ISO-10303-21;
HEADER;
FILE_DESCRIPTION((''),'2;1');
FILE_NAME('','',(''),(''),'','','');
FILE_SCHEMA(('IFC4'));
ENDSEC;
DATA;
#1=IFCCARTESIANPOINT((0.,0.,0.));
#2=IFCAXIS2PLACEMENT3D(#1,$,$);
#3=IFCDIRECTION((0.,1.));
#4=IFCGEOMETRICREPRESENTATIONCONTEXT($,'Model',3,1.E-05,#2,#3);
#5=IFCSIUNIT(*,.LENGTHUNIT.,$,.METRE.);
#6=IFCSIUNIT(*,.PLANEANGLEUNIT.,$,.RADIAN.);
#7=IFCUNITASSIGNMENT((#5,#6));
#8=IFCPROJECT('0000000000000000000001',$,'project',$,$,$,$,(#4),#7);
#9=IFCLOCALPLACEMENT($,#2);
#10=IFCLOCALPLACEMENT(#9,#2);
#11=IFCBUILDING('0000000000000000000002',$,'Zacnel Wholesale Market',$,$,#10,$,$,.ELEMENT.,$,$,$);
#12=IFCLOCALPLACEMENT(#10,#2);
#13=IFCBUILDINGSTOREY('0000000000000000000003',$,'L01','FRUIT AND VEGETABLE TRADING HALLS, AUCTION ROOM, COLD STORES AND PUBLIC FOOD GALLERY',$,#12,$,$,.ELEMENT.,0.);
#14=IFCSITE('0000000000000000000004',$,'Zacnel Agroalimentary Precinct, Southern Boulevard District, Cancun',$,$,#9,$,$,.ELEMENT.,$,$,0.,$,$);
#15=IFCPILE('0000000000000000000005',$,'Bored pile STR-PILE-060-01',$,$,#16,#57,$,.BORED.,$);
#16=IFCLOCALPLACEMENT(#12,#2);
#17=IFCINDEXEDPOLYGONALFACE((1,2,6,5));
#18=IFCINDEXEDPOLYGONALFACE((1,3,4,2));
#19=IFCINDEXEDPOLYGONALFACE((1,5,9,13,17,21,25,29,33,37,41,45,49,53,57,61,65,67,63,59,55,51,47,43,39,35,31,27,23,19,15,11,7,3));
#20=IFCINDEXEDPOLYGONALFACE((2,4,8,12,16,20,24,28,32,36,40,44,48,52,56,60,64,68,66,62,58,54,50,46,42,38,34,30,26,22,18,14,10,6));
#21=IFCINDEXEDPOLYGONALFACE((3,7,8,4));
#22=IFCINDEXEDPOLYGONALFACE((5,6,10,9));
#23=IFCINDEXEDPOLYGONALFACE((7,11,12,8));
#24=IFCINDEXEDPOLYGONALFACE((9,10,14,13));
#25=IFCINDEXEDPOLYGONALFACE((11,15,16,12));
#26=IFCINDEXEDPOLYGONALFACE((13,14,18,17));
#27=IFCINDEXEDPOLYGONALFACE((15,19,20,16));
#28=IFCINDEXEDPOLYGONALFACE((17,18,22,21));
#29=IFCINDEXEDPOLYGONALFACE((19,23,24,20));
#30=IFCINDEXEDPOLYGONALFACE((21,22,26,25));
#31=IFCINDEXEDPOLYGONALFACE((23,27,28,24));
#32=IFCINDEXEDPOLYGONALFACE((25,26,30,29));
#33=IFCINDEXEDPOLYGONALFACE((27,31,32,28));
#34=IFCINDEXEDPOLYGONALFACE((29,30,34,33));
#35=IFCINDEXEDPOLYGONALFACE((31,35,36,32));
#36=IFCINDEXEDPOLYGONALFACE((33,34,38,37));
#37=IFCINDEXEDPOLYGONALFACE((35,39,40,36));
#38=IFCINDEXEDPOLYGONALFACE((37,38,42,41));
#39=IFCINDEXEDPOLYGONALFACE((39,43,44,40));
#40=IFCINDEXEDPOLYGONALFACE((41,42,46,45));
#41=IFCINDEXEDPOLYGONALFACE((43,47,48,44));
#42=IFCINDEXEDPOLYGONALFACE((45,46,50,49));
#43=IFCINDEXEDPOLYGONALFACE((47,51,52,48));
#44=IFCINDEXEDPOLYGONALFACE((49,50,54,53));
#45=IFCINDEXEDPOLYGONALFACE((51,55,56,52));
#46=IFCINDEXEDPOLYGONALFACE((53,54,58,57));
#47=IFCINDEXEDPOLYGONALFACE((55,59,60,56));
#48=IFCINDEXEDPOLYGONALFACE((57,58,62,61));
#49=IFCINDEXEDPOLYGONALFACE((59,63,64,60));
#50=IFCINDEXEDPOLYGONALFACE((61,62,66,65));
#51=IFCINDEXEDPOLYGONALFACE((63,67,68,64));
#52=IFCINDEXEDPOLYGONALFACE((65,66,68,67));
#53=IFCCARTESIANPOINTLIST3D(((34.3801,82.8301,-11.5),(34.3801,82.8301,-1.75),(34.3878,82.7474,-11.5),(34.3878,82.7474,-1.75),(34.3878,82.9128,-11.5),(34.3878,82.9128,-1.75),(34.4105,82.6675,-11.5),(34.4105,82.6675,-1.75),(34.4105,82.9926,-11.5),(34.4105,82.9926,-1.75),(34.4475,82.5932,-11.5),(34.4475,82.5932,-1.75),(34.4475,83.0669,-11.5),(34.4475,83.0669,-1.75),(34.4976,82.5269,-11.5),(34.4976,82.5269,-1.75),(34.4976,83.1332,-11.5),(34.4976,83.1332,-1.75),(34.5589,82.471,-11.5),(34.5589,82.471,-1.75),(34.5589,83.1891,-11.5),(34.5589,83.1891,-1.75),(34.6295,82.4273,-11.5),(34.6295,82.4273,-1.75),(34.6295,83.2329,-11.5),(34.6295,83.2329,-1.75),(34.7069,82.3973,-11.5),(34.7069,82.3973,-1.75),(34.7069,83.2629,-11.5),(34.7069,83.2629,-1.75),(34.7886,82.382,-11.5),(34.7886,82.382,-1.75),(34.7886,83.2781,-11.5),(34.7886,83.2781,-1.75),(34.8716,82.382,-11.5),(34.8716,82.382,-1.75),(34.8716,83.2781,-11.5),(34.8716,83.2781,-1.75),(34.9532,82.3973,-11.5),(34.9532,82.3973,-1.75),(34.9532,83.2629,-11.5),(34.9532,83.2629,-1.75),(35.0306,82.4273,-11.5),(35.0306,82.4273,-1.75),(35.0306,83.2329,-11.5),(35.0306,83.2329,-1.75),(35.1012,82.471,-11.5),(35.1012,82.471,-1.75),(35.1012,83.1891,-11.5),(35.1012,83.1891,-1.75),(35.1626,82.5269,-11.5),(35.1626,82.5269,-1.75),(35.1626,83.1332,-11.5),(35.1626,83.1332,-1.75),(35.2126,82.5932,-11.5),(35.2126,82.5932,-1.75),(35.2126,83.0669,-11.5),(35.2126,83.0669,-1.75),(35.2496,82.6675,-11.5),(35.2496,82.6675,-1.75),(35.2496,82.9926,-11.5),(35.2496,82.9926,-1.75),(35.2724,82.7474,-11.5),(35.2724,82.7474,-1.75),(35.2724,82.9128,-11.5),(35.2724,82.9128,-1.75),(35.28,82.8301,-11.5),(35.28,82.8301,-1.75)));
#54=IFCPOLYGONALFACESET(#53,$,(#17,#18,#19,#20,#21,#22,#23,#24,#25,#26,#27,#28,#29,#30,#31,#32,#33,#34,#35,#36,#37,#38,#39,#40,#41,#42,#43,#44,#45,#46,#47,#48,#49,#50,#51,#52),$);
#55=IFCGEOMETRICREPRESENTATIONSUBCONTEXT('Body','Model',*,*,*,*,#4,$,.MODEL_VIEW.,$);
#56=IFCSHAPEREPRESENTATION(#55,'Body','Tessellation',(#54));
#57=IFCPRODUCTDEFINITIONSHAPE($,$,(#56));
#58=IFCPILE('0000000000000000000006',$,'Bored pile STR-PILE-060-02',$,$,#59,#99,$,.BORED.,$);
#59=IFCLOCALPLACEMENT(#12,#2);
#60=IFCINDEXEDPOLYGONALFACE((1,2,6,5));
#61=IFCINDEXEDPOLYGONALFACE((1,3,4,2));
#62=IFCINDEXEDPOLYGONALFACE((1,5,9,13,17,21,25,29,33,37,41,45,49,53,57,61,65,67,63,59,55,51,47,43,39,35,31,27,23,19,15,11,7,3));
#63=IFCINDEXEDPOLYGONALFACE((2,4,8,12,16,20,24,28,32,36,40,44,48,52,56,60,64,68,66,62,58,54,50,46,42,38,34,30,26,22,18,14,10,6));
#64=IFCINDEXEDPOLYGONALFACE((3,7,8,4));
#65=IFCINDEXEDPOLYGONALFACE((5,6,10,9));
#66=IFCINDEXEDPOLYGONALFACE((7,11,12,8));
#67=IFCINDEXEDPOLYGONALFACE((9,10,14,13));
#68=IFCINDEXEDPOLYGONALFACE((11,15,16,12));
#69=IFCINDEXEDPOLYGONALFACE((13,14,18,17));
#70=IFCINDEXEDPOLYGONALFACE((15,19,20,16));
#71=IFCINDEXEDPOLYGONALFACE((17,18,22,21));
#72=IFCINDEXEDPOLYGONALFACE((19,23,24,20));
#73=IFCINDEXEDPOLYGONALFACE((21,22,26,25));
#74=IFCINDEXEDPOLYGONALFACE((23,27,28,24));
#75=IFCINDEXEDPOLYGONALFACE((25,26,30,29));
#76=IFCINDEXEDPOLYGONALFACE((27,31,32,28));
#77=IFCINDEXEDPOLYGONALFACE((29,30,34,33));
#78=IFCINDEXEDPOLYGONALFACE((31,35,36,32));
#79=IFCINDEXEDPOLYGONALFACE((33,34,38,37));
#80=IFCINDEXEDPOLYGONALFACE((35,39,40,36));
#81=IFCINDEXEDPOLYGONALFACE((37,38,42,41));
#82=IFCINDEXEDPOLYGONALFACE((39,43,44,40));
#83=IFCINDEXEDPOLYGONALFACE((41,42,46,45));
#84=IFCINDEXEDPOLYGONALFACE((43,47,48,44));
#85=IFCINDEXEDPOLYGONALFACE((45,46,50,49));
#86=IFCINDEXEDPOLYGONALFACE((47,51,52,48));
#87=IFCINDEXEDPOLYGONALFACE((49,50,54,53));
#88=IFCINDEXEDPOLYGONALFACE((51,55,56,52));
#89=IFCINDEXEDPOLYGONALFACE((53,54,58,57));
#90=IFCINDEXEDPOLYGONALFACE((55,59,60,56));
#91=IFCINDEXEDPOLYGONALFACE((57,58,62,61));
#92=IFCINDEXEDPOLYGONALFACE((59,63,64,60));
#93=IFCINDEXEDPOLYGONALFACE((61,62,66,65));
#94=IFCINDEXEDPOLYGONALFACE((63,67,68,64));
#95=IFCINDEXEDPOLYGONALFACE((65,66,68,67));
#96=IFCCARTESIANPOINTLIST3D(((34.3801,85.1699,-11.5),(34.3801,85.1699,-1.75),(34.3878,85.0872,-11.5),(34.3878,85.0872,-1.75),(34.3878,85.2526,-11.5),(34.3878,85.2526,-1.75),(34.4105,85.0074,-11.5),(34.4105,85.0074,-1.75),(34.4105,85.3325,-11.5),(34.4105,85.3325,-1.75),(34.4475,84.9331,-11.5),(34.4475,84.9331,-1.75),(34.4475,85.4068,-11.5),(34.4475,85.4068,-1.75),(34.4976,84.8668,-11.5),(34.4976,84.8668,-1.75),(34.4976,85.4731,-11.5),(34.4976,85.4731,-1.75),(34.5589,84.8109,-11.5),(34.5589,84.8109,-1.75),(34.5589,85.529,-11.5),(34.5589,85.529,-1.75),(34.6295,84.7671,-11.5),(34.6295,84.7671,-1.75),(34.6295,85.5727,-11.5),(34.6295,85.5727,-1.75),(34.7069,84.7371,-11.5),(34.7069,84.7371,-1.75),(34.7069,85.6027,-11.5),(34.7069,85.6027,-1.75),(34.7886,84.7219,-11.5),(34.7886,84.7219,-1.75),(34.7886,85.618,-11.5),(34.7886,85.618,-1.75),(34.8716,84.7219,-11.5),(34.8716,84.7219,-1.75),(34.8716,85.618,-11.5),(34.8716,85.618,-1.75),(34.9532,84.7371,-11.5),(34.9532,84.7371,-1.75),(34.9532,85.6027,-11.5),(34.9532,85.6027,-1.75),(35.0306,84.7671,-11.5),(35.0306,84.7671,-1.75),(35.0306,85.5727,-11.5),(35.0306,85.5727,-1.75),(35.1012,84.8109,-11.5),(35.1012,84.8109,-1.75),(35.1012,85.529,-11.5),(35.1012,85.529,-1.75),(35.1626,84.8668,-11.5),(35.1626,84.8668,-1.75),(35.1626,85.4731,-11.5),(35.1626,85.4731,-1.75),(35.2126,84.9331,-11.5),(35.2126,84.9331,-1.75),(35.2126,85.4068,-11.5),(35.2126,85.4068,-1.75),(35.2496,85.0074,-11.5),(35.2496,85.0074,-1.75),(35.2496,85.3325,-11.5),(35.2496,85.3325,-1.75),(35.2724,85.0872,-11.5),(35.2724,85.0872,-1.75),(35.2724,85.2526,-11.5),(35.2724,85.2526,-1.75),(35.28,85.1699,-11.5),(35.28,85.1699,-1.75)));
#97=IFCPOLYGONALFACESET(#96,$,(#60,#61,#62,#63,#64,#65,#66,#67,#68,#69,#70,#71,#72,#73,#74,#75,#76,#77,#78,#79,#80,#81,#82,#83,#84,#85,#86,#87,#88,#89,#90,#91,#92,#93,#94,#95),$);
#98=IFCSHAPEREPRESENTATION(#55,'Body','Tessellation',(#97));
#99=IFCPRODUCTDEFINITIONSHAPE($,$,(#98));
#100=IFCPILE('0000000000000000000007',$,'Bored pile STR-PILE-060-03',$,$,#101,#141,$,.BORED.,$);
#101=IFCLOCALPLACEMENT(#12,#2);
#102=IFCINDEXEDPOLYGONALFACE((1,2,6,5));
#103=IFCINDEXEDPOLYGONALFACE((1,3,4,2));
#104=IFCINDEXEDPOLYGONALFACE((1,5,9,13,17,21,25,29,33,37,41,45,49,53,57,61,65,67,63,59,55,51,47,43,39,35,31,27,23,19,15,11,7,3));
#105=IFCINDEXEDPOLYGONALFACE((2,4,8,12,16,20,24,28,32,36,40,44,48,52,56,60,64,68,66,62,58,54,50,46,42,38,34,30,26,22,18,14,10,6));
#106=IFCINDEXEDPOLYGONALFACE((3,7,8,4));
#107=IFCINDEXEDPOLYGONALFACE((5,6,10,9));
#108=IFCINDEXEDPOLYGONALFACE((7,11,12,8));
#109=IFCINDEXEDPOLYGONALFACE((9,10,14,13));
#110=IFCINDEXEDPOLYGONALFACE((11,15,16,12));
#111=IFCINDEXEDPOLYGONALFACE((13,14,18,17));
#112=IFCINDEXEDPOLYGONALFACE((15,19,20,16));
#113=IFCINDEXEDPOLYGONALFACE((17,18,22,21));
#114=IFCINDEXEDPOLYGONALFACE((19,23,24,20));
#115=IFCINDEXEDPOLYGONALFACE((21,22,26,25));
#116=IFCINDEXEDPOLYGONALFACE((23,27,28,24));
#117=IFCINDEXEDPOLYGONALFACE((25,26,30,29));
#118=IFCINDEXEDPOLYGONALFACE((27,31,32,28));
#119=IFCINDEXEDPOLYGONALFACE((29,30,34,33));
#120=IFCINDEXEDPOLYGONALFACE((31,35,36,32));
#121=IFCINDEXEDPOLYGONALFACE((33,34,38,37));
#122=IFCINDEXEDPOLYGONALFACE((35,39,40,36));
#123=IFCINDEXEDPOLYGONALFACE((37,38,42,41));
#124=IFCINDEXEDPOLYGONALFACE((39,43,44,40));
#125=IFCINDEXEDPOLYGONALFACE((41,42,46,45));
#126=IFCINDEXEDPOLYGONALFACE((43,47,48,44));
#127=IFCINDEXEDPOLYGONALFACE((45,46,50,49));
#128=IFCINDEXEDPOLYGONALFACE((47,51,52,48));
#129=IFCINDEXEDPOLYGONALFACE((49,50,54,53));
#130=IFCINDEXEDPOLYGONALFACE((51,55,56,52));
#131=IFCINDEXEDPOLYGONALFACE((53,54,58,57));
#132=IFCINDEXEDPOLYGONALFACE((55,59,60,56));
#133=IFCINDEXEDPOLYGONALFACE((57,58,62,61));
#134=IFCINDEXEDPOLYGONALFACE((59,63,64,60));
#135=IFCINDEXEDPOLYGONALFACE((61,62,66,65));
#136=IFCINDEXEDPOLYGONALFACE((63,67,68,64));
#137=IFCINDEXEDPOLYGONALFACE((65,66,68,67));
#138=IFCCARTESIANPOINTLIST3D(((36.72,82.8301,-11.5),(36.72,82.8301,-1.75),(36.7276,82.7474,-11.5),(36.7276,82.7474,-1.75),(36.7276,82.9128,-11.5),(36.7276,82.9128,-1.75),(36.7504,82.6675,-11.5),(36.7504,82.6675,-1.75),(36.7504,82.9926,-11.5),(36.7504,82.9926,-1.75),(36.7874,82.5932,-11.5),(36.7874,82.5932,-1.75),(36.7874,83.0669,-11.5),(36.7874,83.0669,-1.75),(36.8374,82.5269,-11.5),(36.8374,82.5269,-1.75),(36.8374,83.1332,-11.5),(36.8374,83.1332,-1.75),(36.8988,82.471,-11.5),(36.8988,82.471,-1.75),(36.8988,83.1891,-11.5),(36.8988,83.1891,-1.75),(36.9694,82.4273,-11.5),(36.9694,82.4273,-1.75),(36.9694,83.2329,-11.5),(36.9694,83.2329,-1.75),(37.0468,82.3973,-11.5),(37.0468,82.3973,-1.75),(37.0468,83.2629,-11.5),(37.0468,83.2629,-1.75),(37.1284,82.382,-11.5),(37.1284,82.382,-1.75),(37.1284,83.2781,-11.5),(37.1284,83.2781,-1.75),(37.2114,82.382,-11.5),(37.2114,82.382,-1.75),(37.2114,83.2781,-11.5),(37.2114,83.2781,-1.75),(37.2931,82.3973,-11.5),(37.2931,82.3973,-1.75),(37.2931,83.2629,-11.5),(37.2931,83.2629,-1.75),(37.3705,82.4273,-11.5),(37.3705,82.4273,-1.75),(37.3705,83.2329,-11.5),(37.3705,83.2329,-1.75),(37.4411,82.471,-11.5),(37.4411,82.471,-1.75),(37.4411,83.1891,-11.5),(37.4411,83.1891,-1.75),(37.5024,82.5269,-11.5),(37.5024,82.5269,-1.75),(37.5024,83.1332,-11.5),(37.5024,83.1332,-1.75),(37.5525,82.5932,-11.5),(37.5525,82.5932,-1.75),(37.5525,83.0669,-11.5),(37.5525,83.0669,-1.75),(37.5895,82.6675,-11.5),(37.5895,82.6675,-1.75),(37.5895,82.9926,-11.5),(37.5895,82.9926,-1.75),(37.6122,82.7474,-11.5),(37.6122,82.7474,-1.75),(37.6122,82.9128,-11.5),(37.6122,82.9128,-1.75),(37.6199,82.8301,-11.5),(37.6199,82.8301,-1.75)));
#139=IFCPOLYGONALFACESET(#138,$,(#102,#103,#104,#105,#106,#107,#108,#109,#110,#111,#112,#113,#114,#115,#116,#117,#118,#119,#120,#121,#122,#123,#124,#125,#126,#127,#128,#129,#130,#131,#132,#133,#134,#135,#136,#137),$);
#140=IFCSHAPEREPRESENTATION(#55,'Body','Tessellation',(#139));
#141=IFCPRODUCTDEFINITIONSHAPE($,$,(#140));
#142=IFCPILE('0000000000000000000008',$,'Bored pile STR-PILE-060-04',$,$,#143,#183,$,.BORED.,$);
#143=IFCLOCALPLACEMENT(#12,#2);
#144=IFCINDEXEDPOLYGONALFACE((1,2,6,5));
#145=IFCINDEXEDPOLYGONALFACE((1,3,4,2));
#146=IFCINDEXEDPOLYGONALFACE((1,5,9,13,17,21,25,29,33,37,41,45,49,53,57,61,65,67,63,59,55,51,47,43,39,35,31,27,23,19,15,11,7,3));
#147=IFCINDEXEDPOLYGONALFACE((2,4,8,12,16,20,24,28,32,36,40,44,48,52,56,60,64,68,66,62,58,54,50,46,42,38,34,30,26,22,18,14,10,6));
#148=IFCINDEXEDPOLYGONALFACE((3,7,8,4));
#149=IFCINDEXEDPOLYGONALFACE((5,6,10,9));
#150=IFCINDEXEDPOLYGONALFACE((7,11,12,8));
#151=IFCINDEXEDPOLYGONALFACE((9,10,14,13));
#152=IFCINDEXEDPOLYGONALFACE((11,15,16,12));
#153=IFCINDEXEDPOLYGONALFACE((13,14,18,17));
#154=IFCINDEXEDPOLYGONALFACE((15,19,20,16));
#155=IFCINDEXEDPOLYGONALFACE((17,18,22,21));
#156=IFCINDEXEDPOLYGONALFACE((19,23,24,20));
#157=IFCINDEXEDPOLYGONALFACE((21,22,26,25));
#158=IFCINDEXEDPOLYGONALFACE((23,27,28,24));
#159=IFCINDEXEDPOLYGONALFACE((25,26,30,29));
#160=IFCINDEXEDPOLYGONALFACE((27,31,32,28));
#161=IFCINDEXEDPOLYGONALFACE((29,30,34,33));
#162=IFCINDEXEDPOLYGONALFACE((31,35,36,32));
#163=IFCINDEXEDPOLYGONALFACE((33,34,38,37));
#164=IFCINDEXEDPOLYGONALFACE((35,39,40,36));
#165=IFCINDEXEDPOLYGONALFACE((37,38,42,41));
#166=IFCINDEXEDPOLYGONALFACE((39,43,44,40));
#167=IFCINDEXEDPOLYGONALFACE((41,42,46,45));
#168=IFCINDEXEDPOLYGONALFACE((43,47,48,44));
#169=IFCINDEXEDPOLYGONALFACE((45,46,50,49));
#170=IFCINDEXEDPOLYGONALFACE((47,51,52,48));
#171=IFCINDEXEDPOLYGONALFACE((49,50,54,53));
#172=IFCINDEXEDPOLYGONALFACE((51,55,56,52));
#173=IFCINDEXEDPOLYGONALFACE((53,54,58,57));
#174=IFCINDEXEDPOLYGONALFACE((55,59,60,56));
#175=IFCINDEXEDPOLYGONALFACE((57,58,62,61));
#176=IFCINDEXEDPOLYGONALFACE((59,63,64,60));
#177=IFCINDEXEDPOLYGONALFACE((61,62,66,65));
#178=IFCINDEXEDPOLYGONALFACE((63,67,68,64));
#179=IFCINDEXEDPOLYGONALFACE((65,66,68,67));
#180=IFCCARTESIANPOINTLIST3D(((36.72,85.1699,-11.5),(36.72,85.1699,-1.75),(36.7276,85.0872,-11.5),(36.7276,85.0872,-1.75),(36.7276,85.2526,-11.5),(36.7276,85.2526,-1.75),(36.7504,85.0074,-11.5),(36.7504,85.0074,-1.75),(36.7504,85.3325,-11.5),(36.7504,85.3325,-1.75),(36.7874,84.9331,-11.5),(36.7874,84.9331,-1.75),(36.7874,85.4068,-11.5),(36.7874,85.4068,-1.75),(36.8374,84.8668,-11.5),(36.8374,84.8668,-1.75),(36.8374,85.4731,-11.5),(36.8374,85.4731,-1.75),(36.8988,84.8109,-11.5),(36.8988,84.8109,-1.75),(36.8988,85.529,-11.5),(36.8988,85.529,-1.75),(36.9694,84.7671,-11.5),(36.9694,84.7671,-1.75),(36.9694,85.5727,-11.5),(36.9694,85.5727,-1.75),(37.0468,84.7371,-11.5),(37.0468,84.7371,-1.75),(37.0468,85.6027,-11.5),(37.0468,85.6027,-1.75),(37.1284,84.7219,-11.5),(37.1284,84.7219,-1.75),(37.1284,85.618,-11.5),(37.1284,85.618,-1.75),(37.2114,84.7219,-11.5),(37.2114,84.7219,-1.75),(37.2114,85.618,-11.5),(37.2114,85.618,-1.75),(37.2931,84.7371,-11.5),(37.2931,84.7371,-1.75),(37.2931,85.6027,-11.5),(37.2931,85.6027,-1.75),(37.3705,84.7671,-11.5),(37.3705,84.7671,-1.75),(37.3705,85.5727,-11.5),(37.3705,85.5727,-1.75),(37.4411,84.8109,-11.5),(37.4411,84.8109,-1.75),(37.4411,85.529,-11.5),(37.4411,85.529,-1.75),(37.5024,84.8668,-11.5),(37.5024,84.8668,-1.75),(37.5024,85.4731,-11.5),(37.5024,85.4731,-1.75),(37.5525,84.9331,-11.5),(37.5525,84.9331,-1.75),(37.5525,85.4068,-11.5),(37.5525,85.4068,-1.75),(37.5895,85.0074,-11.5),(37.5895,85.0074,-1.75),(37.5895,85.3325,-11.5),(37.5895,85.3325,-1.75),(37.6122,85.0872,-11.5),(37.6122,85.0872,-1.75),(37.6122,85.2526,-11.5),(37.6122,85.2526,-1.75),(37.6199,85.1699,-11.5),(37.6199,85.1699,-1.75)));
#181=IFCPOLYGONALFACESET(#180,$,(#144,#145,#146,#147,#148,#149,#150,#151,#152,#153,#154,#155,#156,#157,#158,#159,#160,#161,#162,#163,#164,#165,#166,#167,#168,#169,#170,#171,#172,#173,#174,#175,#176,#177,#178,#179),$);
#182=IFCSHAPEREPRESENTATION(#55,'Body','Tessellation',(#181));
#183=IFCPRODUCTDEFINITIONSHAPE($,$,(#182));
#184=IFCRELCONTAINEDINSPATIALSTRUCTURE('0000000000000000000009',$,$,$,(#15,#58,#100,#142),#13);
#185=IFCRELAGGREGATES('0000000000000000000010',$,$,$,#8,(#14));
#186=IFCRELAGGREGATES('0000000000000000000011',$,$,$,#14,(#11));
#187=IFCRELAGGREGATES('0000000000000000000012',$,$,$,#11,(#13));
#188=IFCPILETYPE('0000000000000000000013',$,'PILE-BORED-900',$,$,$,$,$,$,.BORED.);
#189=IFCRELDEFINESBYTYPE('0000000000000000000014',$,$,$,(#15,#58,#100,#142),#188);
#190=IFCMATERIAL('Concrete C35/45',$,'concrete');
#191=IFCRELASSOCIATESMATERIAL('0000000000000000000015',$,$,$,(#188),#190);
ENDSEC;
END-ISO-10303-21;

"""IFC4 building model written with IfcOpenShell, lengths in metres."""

from ifc_helpers import new_model, si_unit, direction, frame, origin, origin_2d, place, context, subcontext, project, spatial, circle, extrude, material, material_profile, profile_set, type_object, element, save


model = new_model("IFC4")

# Units and contexts
model_context = context("Model", 3, precision=1e-05, world=origin(), true_north=direction((0.0, 1.0)))
body_context = subcontext(model_context, "Body", "Model", "MODEL_VIEW")
ifc_project = project(units=[si_unit("LENGTHUNIT", "METRE"), si_unit("PLANEANGLEUNIT", "RADIAN")], contexts=[model_context])

# Site, building, storey
site_placement = place(None, origin())
site = spatial("IfcSite", under=ifc_project, at=site_placement, Name="Zacnel Agroalimentary Precinct, Southern Boulevard District, Cancun", CompositionType="ELEMENT", RefElevation=0.0)
building_placement = place(site_placement, origin())
building = spatial("IfcBuilding", under=site, at=building_placement, Name="Zacnel Wholesale Market", CompositionType="ELEMENT")
storey_placement = place(building_placement, origin())
storey = spatial("IfcBuildingStorey", under=building, at=storey_placement, Name="L01", Description="FRUIT AND VEGETABLE TRADING HALLS, AUCTION ROOM, COLD STORES AND PUBLIC FOOD GALLERY", CompositionType="ELEMENT", Elevation=0.0)

# Piles
ifc_material_1 = material(Name="Concrete C35/45", Category="concrete")
ifc_material_profile_1 = material_profile(ifc_material_1, circle(Radius=0.45, at=origin_2d()), Name="BORED PILE D900")
ifc_profile_set_1 = profile_set([ifc_material_profile_1], Name="Concrete C35/45")
pile_type = type_object("IfcPileType", Name="PILE-BORED-900", PredefinedType="BORED", material=ifc_profile_set_1)
for number, where, z_axis, x_axis, name in (
    (1, (34.8301, 82.8301, -1.75), (0.0, 0.0, -1.0), (1.0, 0.0, 0.0), "Bored pile STR-PILE-060-01"),
    (2, (34.8301, 85.1699, -1.75), (0.0, 0.0, -1.0), (1.0, 0.0, 0.0), "Bored pile STR-PILE-060-02"),
    (3, (37.1699, 82.8301, -1.75), (0.0, 0.0, -1.0), (1.0, 0.0, 0.0), "Bored pile STR-PILE-060-03"),
    (4, (37.1699, 85.1699, -1.75), (0.0, 0.0, -1.0), (1.0, 0.0, 0.0), "Bored pile STR-PILE-060-04"),
):
    element("IfcPile", number, at=place(storey_placement, frame(where, z_axis=z_axis, x_axis=x_axis)), inside=storey, type_object=pile_type, Name=name, PredefinedType="BORED", context=body_context, shape_type="SweptSolid", body=[
        extrude(circle(Radius=0.45, at=origin_2d()), origin(), (0.0, 0.0, 1.0), 9.75),
    ])

save(model, "model.ifc")
